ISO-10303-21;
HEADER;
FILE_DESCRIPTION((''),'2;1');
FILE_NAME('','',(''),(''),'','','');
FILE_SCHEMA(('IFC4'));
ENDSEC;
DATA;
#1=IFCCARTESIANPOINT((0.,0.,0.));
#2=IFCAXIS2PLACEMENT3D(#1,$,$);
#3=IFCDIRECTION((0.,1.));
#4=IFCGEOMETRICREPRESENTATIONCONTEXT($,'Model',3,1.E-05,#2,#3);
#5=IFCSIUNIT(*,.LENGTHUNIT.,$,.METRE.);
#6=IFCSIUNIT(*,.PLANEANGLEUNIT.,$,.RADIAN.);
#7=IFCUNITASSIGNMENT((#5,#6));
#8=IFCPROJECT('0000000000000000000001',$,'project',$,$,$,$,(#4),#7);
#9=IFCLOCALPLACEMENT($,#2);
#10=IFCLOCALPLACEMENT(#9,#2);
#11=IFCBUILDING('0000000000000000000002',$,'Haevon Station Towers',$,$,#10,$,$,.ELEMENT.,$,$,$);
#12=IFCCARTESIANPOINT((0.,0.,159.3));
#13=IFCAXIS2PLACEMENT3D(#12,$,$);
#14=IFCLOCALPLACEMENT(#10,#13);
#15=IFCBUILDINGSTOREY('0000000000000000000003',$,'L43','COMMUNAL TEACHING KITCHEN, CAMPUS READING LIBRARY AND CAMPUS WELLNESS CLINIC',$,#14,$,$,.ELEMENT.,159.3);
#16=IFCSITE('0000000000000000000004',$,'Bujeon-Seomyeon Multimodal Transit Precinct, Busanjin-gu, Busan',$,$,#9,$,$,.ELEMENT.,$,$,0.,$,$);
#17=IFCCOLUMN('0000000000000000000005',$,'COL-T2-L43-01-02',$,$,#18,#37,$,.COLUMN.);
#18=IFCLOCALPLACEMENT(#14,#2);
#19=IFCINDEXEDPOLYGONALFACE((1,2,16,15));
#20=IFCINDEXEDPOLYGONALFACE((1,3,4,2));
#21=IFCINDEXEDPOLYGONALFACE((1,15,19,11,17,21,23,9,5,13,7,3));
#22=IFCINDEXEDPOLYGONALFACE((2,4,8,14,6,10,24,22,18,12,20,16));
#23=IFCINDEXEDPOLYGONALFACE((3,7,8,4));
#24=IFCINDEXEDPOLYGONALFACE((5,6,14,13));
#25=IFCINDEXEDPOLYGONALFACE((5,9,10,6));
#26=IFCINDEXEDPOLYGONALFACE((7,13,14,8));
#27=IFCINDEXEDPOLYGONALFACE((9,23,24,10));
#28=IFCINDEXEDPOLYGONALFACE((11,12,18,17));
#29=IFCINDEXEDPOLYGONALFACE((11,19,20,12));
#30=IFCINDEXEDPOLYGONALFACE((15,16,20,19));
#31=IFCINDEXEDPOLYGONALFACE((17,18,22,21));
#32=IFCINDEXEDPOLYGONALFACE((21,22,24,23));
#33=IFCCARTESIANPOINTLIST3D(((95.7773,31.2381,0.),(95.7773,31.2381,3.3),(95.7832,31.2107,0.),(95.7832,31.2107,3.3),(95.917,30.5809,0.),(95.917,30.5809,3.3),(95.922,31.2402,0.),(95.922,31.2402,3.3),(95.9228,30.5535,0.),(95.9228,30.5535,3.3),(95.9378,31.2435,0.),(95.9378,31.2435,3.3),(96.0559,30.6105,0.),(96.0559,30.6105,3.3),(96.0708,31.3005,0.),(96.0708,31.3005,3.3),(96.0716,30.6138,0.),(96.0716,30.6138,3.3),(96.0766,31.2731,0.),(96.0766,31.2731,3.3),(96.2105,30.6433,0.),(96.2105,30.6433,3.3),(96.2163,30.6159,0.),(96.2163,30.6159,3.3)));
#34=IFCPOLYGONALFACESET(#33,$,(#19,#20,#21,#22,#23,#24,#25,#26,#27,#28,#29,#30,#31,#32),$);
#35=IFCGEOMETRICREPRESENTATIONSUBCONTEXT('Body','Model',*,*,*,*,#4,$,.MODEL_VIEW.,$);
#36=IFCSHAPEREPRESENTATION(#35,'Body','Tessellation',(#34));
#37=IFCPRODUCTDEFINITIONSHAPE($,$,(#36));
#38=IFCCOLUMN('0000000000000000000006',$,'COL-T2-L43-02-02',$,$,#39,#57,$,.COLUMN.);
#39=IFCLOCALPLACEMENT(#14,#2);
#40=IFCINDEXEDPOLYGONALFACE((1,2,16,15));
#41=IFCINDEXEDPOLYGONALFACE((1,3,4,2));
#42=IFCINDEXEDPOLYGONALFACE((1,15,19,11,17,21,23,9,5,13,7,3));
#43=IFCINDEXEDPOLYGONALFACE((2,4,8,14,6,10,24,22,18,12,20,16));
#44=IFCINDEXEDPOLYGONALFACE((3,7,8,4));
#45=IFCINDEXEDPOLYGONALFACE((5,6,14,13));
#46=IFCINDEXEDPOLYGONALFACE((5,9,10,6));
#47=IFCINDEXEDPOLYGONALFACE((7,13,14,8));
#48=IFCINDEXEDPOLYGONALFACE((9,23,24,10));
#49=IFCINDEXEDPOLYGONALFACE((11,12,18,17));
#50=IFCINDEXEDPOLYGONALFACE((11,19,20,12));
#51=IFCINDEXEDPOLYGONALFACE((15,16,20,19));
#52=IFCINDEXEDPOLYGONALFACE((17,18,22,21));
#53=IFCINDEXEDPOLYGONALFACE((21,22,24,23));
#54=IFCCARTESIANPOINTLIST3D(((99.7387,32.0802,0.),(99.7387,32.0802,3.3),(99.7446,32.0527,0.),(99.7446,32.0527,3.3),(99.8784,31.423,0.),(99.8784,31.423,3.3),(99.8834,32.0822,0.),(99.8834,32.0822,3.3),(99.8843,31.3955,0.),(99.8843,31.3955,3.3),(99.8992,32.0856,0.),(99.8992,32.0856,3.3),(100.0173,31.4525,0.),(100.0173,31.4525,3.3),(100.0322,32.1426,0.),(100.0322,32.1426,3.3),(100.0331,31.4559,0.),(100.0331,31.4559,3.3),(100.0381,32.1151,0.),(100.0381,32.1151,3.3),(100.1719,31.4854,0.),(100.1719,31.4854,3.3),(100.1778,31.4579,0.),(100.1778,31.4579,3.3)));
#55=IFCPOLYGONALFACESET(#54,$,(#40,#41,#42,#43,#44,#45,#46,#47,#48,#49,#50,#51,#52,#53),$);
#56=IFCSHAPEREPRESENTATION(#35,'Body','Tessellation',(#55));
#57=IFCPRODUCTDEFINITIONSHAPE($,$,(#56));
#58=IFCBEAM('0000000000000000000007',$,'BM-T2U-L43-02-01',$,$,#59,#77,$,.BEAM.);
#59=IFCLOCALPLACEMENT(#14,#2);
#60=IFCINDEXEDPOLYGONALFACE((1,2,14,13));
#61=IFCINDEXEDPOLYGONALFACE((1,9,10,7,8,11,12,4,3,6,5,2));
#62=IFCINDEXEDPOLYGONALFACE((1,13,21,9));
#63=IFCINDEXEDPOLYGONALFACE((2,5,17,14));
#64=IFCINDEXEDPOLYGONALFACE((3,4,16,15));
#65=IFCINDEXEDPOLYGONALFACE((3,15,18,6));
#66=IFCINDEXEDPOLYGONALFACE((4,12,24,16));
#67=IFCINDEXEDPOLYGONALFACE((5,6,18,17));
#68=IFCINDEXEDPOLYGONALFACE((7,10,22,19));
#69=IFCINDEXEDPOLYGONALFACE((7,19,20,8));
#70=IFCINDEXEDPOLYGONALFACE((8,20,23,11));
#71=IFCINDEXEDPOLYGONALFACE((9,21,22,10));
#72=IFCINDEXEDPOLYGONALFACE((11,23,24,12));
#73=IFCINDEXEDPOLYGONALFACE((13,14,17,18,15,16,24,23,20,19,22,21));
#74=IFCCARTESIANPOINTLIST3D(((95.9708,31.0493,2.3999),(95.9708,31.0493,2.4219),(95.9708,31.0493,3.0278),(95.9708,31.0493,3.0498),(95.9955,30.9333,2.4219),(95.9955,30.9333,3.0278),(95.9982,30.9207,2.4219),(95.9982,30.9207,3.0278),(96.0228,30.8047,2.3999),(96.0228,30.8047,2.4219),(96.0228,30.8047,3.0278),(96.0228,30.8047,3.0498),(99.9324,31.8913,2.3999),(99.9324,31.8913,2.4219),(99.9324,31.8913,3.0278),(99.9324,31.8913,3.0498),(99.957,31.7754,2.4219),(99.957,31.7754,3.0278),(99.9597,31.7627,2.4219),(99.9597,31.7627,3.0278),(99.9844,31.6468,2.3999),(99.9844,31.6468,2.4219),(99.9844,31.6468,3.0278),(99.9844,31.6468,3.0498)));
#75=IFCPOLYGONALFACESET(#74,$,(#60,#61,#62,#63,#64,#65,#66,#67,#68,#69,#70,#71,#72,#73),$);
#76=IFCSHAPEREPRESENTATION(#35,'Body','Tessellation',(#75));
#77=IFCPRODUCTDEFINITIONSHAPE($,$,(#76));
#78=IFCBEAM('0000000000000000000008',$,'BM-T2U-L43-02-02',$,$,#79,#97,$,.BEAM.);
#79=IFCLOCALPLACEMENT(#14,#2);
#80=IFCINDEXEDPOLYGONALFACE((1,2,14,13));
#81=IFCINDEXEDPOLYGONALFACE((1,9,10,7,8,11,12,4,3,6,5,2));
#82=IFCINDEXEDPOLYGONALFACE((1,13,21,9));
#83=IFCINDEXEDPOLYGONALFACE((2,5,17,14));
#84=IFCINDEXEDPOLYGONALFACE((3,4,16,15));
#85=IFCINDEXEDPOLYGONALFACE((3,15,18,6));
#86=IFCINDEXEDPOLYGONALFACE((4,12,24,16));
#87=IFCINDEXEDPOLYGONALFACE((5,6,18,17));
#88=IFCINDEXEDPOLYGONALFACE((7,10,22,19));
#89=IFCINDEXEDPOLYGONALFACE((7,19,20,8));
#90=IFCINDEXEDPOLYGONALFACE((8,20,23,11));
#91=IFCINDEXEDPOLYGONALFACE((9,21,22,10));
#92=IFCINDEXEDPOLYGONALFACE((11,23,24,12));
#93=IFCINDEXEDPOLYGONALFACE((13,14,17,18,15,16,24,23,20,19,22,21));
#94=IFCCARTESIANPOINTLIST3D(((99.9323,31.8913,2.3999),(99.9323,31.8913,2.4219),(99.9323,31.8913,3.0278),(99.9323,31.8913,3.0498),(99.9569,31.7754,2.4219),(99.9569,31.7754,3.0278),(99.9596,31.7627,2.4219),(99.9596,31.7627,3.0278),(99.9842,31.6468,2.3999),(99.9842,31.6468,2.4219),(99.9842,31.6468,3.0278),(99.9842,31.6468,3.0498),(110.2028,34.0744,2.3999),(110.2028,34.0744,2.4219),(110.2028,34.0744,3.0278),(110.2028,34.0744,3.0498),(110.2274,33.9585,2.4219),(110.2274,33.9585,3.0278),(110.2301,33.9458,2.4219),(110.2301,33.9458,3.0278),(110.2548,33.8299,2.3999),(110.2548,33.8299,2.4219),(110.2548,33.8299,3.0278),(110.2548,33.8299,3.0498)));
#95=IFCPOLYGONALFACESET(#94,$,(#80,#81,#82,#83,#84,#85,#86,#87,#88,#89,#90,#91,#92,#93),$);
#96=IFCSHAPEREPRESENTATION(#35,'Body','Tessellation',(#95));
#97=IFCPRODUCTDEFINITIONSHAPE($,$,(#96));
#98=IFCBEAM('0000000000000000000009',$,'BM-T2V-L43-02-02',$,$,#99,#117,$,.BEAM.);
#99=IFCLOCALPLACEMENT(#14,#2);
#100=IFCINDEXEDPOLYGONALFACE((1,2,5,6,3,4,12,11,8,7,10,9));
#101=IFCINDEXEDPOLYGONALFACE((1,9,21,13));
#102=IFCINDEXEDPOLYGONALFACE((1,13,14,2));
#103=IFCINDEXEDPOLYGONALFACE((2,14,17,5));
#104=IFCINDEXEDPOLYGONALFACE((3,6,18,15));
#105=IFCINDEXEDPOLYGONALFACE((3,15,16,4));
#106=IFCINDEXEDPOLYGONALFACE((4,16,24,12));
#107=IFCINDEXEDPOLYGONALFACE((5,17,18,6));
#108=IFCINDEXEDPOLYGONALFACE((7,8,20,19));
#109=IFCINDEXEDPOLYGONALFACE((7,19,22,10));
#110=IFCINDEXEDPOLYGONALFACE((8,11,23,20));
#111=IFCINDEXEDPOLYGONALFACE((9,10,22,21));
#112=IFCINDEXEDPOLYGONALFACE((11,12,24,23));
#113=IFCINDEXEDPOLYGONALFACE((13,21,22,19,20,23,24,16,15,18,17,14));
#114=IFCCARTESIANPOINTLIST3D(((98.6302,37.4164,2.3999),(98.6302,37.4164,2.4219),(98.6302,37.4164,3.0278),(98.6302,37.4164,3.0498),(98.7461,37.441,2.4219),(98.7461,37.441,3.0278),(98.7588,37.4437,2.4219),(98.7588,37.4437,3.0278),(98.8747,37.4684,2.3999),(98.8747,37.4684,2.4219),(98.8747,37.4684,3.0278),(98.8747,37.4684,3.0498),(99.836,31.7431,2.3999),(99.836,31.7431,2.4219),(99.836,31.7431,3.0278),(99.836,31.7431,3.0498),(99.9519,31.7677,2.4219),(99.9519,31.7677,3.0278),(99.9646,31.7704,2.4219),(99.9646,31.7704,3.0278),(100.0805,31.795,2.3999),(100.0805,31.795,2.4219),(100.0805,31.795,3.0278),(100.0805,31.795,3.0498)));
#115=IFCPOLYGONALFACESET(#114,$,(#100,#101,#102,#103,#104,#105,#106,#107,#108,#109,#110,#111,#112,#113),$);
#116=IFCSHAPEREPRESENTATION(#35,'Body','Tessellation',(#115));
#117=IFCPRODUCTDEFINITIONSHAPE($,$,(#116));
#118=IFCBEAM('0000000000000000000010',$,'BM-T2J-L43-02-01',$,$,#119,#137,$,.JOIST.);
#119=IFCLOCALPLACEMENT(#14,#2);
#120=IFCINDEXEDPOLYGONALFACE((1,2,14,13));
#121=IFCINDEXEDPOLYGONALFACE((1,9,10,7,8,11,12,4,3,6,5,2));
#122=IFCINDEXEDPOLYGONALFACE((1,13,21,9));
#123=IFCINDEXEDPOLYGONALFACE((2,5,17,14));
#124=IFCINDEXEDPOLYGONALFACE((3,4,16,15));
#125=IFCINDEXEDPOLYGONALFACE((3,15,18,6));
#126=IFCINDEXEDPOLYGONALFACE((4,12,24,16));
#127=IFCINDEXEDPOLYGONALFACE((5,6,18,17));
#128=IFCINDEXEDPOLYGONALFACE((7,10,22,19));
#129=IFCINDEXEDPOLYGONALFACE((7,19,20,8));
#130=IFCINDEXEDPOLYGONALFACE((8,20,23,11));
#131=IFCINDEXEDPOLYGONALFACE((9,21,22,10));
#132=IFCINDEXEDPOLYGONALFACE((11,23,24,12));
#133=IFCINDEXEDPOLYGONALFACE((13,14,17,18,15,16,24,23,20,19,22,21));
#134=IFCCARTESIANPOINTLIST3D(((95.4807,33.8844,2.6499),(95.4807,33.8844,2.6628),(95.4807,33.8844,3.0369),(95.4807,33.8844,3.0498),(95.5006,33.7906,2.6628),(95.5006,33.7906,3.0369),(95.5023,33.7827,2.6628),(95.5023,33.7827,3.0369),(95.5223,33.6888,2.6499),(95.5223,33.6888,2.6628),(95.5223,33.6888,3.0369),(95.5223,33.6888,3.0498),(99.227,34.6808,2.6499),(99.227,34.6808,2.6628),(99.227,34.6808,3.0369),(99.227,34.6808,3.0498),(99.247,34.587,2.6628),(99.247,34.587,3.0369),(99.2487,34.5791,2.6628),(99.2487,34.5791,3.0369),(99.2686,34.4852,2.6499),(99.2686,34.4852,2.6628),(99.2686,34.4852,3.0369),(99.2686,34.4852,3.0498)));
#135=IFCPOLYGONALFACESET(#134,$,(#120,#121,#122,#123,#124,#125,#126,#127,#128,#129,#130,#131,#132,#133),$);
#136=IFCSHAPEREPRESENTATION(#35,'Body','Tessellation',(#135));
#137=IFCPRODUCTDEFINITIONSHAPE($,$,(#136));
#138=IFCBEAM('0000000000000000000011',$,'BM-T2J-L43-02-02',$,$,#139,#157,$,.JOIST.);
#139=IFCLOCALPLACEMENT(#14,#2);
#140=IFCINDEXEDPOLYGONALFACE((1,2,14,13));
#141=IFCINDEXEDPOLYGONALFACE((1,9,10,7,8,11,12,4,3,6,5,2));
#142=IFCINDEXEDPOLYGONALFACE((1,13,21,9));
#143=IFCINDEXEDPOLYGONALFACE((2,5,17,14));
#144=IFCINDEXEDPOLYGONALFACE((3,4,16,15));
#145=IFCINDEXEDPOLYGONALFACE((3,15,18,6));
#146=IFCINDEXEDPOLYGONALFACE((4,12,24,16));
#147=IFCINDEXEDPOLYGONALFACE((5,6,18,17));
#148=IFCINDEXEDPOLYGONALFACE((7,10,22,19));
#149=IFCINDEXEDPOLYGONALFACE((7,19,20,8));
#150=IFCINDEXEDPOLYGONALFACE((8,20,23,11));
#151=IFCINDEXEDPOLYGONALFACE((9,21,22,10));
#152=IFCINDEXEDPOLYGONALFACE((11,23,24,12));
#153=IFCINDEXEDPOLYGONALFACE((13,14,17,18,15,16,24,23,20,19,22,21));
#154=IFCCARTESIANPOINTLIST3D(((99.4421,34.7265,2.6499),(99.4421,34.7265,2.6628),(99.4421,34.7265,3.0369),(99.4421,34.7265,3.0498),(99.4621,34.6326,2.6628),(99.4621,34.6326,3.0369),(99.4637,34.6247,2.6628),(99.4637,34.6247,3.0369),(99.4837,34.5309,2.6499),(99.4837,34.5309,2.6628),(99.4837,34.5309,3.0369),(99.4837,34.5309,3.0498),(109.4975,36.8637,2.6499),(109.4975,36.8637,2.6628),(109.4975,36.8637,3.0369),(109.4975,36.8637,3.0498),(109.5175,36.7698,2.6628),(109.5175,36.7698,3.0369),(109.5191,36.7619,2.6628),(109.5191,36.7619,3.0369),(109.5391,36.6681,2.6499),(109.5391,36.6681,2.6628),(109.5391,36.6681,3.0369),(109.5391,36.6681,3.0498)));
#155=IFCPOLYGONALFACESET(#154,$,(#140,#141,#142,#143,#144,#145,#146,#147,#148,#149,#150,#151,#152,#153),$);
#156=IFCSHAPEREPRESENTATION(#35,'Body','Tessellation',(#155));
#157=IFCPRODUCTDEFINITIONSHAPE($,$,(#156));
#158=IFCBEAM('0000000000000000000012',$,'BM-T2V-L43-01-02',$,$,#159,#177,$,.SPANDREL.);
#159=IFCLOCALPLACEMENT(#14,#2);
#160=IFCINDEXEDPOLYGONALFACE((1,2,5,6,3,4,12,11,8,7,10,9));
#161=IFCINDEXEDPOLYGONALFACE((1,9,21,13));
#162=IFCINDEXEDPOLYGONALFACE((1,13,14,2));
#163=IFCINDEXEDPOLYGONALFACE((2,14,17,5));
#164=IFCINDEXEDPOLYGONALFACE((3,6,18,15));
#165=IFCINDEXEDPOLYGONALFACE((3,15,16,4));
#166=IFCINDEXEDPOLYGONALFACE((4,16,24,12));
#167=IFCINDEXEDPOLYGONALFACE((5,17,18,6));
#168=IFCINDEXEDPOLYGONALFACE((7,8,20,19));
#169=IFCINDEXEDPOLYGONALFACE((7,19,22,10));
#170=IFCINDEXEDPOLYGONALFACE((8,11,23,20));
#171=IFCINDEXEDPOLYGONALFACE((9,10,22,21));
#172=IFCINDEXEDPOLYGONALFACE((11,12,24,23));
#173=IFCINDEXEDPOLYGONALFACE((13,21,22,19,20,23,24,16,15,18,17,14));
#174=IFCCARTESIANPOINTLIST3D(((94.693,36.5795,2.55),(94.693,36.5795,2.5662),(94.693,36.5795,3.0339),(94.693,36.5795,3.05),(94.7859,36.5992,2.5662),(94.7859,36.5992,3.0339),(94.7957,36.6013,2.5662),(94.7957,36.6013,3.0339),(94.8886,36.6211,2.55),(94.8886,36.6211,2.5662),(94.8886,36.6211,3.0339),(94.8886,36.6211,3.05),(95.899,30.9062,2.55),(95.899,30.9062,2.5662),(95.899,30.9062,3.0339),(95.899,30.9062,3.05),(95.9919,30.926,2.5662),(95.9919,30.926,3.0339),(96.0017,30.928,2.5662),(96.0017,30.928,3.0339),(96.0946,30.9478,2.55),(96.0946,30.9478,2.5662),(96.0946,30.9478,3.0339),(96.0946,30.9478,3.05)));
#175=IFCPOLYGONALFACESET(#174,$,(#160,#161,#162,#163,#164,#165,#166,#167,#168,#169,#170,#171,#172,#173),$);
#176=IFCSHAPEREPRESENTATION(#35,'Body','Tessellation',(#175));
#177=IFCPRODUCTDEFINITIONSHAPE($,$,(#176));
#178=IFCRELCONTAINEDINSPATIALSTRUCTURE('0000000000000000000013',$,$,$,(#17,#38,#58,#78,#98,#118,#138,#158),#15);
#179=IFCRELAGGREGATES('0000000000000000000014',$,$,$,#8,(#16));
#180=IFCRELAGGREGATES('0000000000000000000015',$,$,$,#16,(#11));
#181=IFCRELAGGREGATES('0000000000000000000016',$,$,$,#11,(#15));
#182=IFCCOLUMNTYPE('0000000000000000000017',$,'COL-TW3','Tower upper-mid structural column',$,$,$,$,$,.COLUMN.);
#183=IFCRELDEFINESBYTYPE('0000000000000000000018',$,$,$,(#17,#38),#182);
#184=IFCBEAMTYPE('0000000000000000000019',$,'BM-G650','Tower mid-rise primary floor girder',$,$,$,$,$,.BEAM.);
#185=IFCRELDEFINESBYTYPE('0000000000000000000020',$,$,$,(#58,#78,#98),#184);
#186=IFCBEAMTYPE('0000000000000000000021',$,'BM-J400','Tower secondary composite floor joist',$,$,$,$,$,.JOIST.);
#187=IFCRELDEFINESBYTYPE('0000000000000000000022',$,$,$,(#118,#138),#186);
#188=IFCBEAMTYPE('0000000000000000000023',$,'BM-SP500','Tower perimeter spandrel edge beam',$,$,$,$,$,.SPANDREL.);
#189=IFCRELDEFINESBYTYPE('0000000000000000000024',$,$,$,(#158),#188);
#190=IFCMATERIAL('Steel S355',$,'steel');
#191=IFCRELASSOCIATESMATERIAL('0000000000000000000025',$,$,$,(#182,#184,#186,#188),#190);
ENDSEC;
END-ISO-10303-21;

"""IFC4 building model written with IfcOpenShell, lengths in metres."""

from ifc_helpers import new_model, si_unit, direction, frame, origin, origin_2d, place, context, subcontext, project, spatial, i_section, extrude, material, material_profile, profile_set, type_object, element, save


model = new_model("IFC4")

# Units and contexts
model_context = context("Model", 3, precision=1e-05, world=origin(), true_north=direction((0.0, 1.0)))
body_context = subcontext(model_context, "Body", "Model", "MODEL_VIEW")
ifc_project = project(units=[si_unit("LENGTHUNIT", "METRE"), si_unit("PLANEANGLEUNIT", "RADIAN")], contexts=[model_context])

# Site, building, storey
site_placement = place(None, origin())
site = spatial("IfcSite", under=ifc_project, at=site_placement, Name="Bujeon-Seomyeon Multimodal Transit Precinct, Busanjin-gu, Busan", CompositionType="ELEMENT", RefElevation=0.0)
building_placement = place(site_placement, origin())
building = spatial("IfcBuilding", under=site, at=building_placement, Name="Haevon Station Towers", CompositionType="ELEMENT")
storey_placement = place(building_placement, frame((0.0, 0.0, 159.3)))
storey = spatial("IfcBuildingStorey", under=building, at=storey_placement, Name="L43", Description="COMMUNAL TEACHING KITCHEN, CAMPUS READING LIBRARY AND CAMPUS WELLNESS CLINIC", CompositionType="ELEMENT", Elevation=159.3)

# Columns
ifc_material_1 = material(Name="Steel S355", Category="steel")
ifc_material_profile_1 = material_profile(ifc_material_1, i_section(OverallWidth=0.3, OverallDepth=0.7, WebThickness=0.0161, FlangeThickness=0.0281, at=origin_2d()), Name="H-700x300x16x28")
ifc_profile_set_1 = profile_set([ifc_material_profile_1], Name="Steel S355")
column_type = type_object("IfcColumnType", Name="COL-TW3", Description="Tower upper-mid structural column", PredefinedType="COLUMN", material=ifc_profile_set_1)
for number, where, z_axis, x_axis, name in (
    (1, (95.9968, 30.927, 0.0), (0.0, 0.0, 1.0), (0.978148, 0.207912, 0.0), "COL-T2-L43-01-02"),
    (2, (99.9583, 31.769, 0.0), (0.0, 0.0, 1.0), (0.978148, 0.207912, 0.0), "COL-T2-L43-02-02"),
):
    element("IfcColumn", number, at=place(storey_placement, frame(where, z_axis=z_axis, x_axis=x_axis)), inside=storey, type_object=column_type, Name=name, PredefinedType="COLUMN", context=body_context, shape_type="SweptSolid", body=[
        extrude(i_section(OverallWidth=0.3, OverallDepth=0.7, WebThickness=0.0161, FlangeThickness=0.0281, at=origin_2d()), origin(), (0.0, 0.0, 1.0), 3.3),
    ])

# Beams
ifc_material_profile_2 = material_profile(ifc_material_1, i_section(OverallWidth=0.25, OverallDepth=0.6499, WebThickness=0.0129, FlangeThickness=0.022, at=origin_2d()), Name="H-650x250x13x22")
ifc_profile_set_2 = profile_set([ifc_material_profile_2], Name="Steel S355")
beam_type_1 = type_object("IfcBeamType", Name="BM-G650", Description="Tower mid-rise primary floor girder", PredefinedType="BEAM", material=ifc_profile_set_2)
beam_1_placement = place(storey_placement, frame((95.9968, 30.927, 2.7249), z_axis=(0.978147, 0.207915, 0.0), x_axis=(-0.207915, 0.978147, 0.0)))
element("IfcBeam", 3, at=beam_1_placement, inside=storey, type_object=beam_type_1, Name="BM-T2U-L43-02-01", PredefinedType="BEAM", context=body_context, shape_type="SweptSolid", body=[
    extrude(i_section(OverallWidth=0.25, OverallDepth=0.6499, WebThickness=0.0129, FlangeThickness=0.022, at=origin_2d()), origin(), (0.0, 0.0, 1.0), 4.05),
])
beam_2_placement = place(storey_placement, frame((99.9583, 31.769, 2.7249), z_axis=(0.978147, 0.207915, 0.0), x_axis=(-0.207915, 0.978147, 0.0)))
element("IfcBeam", 4, at=beam_2_placement, inside=storey, type_object=beam_type_1, Name="BM-T2U-L43-02-02", PredefinedType="BEAM", context=body_context, shape_type="SweptSolid", body=[
    extrude(i_section(OverallWidth=0.25, OverallDepth=0.6499, WebThickness=0.0129, FlangeThickness=0.022, at=origin_2d()), origin(), (0.0, 0.0, 1.0), 10.5),
])
beam_3_placement = place(storey_placement, frame((99.9583, 31.769, 2.7249), z_axis=(-0.207896, 0.978151, 0.0), x_axis=(-0.978151, -0.207896, 0.0)))
element("IfcBeam", 5, at=beam_3_placement, inside=storey, type_object=beam_type_1, Name="BM-T2V-L43-02-02", PredefinedType="BEAM", context=body_context, shape_type="SweptSolid", body=[
    extrude(i_section(OverallWidth=0.25, OverallDepth=0.6499, WebThickness=0.0129, FlangeThickness=0.022, at=origin_2d()), origin(), (0.0, 0.0, 1.0), 5.8),
])
ifc_material_profile_3 = material_profile(ifc_material_1, i_section(OverallWidth=0.2, OverallDepth=0.3999, WebThickness=0.0081, FlangeThickness=0.0129, at=origin_2d()), Name="H-400x200x8x13")
ifc_profile_set_3 = profile_set([ifc_material_profile_3], Name="Steel S355")
beam_type_2 = type_object("IfcBeamType", Name="BM-J400", Description="Tower secondary composite floor joist", PredefinedType="JOIST", material=ifc_profile_set_3)
beam_4_placement = place(storey_placement, frame((95.5015, 33.7866, 2.8499), z_axis=(0.978143, 0.207931, 0.0), x_axis=(-0.207931, 0.978143, 0.0)))
element("IfcBeam", 6, at=beam_4_placement, inside=storey, type_object=beam_type_2, Name="BM-T2J-L43-02-01", PredefinedType="JOIST", context=body_context, shape_type="SweptSolid", body=[
    extrude(i_section(OverallWidth=0.2, OverallDepth=0.3999, WebThickness=0.0081, FlangeThickness=0.0129, at=origin_2d()), origin(), (0.0, 0.0, 1.0), 3.8301),
])
beam_5_placement = place(storey_placement, frame((99.4629, 34.6287, 2.8499), z_axis=(0.97815, 0.207899, 0.0), x_axis=(-0.207899, 0.97815, 0.0)))
element("IfcBeam", 7, at=beam_5_placement, inside=storey, type_object=beam_type_2, Name="BM-T2J-L43-02-02", PredefinedType="JOIST", context=body_context, shape_type="SweptSolid", body=[
    extrude(i_section(OverallWidth=0.2, OverallDepth=0.3999, WebThickness=0.0081, FlangeThickness=0.0129, at=origin_2d()), origin(), (0.0, 0.0, 1.0), 10.28),
])
ifc_material_profile_4 = material_profile(ifc_material_1, i_section(OverallWidth=0.2, OverallDepth=0.5, WebThickness=0.01, FlangeThickness=0.0161, at=origin_2d()), Name="H-500x200x10x16")
ifc_profile_set_4 = profile_set([ifc_material_profile_4], Name="Steel S355")
beam_type_3 = type_object("IfcBeamType", Name="BM-SP500", Description="Tower perimeter spandrel edge beam", PredefinedType="SPANDREL", material=ifc_profile_set_4)
beam_6_placement = place(storey_placement, frame((95.9968, 30.927, 2.8), z_axis=(-0.207936, 0.978142, 0.0), x_axis=(-0.978142, -0.207936, 0.0)))
element("IfcBeam", 8, at=beam_6_placement, inside=storey, type_object=beam_type_3, Name="BM-T2V-L43-01-02", PredefinedType="SPANDREL", context=body_context, shape_type="SweptSolid", body=[
    extrude(i_section(OverallWidth=0.2, OverallDepth=0.5, WebThickness=0.01, FlangeThickness=0.0161, at=origin_2d()), origin(), (0.0, 0.0, 1.0), 5.8),
])

save(model, "model.ifc")
